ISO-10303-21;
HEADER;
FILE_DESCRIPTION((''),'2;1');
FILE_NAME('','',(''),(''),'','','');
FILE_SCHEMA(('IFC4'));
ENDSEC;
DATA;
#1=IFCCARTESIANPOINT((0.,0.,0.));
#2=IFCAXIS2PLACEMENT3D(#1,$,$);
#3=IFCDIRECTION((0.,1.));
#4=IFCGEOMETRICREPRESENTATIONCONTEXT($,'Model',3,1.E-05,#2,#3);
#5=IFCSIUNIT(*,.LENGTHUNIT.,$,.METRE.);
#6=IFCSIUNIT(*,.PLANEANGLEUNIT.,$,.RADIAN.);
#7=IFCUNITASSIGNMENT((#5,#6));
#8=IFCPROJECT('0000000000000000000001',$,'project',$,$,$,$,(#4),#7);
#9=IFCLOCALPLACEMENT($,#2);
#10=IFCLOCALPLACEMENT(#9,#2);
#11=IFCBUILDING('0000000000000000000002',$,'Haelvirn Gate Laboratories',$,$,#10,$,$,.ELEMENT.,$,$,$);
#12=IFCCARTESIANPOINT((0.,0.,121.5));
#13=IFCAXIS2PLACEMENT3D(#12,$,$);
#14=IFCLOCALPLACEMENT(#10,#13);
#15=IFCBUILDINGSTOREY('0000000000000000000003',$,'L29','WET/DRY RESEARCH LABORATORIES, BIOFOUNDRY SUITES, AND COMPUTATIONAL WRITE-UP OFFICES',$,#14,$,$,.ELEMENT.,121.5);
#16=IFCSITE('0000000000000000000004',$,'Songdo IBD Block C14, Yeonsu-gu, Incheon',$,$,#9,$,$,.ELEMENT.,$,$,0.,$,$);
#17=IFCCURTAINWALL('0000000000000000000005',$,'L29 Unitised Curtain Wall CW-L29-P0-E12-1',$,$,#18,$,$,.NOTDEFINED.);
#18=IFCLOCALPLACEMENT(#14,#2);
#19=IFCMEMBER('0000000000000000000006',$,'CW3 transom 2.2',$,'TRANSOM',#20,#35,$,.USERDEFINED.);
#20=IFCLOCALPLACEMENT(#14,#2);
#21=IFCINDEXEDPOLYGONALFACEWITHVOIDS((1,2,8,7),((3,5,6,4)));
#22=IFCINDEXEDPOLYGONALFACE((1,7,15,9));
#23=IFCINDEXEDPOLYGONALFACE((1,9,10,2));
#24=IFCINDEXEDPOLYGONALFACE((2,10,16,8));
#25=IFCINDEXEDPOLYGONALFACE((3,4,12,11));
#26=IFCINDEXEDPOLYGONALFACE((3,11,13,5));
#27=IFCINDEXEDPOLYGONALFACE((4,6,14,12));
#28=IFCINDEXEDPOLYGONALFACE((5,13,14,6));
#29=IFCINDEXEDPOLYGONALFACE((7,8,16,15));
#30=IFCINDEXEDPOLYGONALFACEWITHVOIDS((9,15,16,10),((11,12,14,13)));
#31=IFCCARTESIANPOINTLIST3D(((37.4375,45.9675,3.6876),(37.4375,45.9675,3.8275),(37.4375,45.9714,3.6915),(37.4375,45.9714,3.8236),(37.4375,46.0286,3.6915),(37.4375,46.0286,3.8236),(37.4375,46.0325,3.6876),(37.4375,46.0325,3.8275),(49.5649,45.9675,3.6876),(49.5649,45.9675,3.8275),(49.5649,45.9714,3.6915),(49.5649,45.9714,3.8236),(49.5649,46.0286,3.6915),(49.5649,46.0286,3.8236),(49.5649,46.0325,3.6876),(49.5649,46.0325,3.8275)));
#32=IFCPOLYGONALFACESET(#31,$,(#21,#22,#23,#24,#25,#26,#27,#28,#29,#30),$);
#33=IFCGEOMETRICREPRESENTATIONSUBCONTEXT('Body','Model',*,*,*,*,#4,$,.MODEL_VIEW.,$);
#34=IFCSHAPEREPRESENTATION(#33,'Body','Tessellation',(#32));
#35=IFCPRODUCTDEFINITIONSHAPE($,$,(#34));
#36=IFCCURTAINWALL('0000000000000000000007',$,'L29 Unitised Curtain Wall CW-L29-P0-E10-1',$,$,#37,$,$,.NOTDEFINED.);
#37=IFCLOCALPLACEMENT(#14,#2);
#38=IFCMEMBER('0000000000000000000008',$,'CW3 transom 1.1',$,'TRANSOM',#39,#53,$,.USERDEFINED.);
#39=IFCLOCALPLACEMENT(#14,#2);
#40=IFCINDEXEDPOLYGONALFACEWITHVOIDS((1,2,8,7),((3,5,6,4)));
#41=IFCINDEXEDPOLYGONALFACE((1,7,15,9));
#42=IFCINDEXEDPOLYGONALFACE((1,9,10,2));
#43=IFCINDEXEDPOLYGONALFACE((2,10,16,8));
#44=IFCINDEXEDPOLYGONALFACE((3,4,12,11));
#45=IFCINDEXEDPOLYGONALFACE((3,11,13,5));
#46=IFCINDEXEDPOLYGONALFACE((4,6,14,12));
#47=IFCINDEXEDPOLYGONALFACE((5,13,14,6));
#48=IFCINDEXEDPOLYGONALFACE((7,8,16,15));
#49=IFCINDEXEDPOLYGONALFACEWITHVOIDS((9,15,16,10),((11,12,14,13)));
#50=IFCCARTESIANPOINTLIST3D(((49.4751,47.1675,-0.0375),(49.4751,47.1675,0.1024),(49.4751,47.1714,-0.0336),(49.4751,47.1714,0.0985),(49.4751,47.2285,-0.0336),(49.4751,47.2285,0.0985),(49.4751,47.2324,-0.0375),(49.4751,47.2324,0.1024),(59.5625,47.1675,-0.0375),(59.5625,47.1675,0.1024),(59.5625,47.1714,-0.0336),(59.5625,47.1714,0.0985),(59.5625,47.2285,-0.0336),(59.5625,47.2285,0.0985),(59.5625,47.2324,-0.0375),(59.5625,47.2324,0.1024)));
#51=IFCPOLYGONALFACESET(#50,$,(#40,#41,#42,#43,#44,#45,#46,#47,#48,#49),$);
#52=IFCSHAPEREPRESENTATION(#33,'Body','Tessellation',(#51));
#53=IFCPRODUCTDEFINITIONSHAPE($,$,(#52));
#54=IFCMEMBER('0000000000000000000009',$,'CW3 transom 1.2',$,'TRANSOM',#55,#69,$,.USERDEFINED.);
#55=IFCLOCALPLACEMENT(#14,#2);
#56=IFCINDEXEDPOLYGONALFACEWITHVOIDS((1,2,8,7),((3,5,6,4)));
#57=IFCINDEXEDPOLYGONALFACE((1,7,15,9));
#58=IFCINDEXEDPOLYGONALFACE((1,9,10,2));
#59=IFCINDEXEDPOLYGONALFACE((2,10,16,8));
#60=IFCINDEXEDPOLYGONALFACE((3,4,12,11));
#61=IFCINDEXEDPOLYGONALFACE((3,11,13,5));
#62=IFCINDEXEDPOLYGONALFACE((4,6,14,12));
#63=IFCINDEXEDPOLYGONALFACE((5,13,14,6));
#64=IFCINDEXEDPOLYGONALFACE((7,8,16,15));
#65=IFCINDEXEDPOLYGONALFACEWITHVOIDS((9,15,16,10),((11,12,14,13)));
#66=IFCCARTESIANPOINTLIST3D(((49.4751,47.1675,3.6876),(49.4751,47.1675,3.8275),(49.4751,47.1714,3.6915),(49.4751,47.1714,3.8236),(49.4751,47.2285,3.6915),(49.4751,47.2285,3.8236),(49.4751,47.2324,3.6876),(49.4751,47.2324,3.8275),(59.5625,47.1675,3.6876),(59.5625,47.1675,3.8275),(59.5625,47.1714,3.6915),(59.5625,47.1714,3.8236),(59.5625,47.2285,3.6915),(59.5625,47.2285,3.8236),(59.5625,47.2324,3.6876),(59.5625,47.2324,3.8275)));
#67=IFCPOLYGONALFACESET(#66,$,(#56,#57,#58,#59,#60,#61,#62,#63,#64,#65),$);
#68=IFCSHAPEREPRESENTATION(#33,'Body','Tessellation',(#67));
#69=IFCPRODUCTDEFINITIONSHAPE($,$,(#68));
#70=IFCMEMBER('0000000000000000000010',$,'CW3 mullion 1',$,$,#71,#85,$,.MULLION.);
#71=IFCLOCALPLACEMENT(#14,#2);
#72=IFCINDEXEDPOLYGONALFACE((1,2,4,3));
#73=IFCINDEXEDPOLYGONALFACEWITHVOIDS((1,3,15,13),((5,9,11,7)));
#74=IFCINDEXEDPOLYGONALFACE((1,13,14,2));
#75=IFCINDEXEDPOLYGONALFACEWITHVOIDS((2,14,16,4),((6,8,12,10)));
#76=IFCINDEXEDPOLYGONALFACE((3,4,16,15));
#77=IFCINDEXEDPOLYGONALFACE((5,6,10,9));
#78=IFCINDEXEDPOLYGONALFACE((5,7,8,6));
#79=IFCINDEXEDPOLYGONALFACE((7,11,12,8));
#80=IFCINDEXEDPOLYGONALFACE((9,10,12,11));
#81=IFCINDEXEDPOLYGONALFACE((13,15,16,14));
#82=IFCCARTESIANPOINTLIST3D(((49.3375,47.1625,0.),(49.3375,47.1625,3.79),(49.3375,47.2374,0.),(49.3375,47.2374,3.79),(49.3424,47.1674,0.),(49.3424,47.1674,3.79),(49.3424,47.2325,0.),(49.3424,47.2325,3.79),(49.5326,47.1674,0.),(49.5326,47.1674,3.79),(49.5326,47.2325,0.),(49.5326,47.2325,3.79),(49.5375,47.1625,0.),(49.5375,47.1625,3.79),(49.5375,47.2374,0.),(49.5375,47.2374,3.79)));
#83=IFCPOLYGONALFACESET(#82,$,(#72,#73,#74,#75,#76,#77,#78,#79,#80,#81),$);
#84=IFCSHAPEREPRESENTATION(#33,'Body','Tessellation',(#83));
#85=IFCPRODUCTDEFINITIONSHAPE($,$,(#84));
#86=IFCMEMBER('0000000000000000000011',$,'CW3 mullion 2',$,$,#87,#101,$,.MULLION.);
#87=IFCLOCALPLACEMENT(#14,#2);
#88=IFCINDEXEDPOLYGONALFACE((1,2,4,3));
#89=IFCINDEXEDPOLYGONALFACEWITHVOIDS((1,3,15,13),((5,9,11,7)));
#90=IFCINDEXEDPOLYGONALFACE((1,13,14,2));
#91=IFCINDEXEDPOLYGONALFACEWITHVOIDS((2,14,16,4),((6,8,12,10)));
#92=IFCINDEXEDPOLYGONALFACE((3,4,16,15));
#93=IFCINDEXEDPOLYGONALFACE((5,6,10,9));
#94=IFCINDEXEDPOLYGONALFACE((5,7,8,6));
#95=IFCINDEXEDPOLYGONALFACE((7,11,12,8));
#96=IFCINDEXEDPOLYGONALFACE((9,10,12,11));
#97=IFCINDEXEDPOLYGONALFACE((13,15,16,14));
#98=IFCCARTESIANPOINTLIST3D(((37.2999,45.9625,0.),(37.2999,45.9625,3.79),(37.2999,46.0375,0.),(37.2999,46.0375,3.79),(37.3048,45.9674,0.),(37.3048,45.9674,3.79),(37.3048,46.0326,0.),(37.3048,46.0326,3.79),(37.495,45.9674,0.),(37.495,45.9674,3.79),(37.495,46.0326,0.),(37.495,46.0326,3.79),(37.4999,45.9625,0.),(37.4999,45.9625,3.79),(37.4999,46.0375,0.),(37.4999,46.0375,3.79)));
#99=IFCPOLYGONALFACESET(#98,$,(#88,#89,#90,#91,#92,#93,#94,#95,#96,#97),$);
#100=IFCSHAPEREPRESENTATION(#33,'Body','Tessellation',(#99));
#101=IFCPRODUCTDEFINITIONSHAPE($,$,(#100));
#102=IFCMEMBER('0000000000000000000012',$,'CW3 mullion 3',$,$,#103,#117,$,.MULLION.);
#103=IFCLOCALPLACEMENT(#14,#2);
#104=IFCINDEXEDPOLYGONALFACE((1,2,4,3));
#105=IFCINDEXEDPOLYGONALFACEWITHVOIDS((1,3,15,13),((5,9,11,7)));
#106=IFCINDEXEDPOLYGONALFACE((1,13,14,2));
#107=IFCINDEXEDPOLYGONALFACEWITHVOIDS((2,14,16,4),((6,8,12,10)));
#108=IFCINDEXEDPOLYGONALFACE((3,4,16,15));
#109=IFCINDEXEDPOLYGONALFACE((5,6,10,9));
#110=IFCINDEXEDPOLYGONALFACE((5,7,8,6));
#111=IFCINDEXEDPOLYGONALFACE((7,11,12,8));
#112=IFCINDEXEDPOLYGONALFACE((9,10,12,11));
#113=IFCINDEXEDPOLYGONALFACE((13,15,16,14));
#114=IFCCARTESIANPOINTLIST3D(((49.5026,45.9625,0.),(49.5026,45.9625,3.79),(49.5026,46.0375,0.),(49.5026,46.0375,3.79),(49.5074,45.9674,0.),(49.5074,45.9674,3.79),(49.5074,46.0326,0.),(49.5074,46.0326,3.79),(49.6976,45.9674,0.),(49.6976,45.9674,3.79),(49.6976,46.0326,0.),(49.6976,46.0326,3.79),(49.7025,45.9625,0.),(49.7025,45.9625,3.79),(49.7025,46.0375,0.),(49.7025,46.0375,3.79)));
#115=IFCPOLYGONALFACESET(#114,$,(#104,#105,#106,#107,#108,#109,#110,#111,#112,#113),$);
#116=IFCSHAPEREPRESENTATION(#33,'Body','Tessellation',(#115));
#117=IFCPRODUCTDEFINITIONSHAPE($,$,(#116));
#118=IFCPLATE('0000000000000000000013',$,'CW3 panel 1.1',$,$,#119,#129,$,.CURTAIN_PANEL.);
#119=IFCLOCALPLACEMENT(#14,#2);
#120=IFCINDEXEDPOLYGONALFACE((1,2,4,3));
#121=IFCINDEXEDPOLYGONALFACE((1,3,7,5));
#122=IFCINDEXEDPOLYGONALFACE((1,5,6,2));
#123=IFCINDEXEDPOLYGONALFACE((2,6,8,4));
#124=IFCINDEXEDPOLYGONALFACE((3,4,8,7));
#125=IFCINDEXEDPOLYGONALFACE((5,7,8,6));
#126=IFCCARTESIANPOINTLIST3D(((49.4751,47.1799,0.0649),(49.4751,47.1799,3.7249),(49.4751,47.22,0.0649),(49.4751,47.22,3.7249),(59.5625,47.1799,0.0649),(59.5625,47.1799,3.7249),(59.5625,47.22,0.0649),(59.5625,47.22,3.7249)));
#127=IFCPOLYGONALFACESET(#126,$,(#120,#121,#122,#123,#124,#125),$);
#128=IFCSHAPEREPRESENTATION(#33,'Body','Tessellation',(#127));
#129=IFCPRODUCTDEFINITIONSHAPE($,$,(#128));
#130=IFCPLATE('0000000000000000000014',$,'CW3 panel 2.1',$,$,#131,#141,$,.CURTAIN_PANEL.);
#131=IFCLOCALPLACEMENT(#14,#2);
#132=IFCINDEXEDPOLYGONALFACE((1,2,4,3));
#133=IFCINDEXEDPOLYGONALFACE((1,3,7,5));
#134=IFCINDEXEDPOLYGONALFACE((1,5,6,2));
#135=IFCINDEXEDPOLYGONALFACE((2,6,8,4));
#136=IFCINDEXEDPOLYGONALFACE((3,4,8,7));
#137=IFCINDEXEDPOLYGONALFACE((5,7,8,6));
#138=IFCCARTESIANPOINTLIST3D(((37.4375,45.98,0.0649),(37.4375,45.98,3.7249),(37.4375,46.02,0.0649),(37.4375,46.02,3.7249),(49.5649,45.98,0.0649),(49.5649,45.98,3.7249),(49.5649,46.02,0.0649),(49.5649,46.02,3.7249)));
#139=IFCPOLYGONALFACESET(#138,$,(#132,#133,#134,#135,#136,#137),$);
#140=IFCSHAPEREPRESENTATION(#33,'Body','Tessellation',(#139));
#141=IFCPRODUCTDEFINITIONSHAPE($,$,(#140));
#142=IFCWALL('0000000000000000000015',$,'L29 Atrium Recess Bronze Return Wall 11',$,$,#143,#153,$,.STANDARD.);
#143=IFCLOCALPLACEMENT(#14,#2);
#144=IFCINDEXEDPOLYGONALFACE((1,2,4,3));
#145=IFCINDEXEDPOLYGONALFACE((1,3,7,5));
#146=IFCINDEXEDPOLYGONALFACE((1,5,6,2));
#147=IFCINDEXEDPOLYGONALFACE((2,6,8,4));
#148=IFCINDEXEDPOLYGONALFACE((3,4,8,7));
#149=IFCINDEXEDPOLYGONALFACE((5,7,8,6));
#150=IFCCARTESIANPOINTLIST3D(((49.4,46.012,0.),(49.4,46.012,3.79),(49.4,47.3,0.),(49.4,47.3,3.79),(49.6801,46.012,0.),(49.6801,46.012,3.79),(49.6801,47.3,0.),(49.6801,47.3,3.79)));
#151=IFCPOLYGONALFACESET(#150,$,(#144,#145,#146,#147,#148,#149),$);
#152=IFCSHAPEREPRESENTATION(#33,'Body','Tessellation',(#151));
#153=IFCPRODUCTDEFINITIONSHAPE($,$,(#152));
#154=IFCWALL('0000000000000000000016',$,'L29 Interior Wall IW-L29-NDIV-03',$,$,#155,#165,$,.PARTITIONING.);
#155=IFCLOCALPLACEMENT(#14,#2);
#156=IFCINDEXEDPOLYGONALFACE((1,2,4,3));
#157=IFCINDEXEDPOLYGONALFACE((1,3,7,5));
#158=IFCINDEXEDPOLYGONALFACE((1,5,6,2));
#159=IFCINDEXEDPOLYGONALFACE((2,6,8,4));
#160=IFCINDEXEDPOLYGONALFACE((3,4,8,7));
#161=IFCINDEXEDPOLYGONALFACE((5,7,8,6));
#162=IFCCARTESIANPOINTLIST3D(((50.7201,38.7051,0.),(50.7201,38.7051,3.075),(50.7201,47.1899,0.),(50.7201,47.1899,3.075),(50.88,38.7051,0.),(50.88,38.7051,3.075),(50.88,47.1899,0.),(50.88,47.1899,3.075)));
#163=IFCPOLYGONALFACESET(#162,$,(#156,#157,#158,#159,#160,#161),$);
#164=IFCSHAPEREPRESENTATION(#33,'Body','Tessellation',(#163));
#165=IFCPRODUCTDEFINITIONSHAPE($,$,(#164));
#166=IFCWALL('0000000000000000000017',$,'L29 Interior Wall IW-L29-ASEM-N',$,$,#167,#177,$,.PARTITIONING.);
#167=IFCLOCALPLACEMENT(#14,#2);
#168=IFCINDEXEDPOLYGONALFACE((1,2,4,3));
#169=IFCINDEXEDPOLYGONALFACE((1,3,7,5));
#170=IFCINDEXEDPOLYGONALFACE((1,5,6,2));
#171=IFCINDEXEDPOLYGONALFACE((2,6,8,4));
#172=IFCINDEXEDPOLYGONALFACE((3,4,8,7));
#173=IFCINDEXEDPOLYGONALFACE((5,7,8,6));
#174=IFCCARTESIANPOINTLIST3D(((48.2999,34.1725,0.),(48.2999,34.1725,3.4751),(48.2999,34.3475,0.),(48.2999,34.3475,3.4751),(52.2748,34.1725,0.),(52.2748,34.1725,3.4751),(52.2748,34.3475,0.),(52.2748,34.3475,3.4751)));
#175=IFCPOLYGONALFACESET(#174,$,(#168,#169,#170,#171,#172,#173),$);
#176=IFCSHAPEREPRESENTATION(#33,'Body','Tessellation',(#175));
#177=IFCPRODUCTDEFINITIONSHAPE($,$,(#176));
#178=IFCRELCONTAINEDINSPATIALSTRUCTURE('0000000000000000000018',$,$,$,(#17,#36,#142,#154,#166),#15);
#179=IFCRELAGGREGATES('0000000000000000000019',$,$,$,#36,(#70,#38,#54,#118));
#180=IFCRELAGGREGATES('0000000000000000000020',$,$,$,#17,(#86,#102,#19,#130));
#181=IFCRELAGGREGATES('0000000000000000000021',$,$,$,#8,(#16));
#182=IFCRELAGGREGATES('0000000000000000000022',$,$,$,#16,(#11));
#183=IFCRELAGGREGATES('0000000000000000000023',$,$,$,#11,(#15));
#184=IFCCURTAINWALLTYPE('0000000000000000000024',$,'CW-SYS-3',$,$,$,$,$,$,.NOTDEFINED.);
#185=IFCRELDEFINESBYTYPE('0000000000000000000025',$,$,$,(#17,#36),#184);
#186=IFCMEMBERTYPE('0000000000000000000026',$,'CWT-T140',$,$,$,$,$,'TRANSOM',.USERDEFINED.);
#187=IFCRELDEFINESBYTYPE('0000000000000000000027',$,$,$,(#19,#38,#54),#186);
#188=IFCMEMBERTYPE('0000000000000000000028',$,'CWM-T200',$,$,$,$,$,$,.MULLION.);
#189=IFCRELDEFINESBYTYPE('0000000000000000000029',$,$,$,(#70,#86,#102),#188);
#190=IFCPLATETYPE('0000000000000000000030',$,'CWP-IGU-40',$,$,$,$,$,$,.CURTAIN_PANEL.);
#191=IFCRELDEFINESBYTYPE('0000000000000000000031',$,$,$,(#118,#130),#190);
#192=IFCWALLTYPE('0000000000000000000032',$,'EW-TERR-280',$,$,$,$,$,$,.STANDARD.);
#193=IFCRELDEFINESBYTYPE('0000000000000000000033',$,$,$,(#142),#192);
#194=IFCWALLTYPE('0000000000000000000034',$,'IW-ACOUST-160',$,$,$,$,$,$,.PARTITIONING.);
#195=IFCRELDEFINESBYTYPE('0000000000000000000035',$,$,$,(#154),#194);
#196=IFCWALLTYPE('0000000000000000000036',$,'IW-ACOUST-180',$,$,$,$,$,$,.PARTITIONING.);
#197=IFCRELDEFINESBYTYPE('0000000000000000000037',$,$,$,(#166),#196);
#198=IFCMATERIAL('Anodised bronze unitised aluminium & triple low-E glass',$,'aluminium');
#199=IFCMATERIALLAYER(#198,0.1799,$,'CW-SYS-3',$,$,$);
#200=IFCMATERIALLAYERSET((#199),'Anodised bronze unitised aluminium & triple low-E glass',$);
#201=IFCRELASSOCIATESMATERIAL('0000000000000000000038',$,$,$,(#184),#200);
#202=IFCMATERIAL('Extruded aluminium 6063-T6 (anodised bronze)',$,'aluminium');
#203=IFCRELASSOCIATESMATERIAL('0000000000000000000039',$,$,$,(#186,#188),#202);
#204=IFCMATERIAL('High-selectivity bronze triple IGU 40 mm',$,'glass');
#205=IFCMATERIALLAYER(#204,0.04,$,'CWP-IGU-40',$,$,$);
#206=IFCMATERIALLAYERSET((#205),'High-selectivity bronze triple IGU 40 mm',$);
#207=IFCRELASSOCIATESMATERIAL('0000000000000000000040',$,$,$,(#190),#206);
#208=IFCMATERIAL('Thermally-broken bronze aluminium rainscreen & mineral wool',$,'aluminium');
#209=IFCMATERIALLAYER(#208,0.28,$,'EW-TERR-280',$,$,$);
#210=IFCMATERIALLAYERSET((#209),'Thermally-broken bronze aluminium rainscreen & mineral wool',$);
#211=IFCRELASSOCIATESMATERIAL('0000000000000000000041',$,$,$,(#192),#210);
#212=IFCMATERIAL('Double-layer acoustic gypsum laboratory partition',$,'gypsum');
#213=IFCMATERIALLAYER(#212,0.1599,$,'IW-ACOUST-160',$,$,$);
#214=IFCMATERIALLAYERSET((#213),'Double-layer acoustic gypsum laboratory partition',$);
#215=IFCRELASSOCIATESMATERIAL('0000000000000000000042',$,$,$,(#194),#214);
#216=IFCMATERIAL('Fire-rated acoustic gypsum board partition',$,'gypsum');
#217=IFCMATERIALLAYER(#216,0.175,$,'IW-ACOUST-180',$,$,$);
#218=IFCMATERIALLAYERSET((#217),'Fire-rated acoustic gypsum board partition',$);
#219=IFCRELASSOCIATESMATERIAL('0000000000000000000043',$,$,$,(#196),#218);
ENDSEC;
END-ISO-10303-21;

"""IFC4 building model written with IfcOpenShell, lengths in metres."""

from ifc_helpers import new_model, si_unit, direction, frame, frame_2d, origin, origin_2d, place, context, subcontext, project, spatial, rectangle, hollow_rectangle, extrude, source, transform, mapped, material, layer, layer_set, material_profile, profile_set, type_object, type_shapes, element, aggregate, save


model = new_model("IFC4")

# Units and contexts
model_context = context("Model", 3, precision=1e-05, world=origin(), true_north=direction((0.0, 1.0)))
body_context = subcontext(model_context, "Body", "Model", "MODEL_VIEW")
ifc_project = project(units=[si_unit("LENGTHUNIT", "METRE"), si_unit("PLANEANGLEUNIT", "RADIAN")], contexts=[model_context])

# Site, building, storey
site_placement = place(None, origin())
site = spatial("IfcSite", under=ifc_project, at=site_placement, Name="Songdo IBD Block C14, Yeonsu-gu, Incheon", CompositionType="ELEMENT", RefElevation=0.0)
building_placement = place(site_placement, origin())
building = spatial("IfcBuilding", under=site, at=building_placement, Name="Haelvirn Gate Laboratories", CompositionType="ELEMENT")
storey_placement = place(building_placement, frame((0.0, 0.0, 121.5)))
storey = spatial("IfcBuildingStorey", under=building, at=storey_placement, Name="L29", Description="WET/DRY RESEARCH LABORATORIES, BIOFOUNDRY SUITES, AND COMPUTATIONAL WRITE-UP OFFICES", CompositionType="ELEMENT", Elevation=121.5)

# Curtain walls, members
ifc_material_1 = material(Name="Anodised bronze unitised aluminium & triple low-E glass", Category="aluminium")
ifc_layer_1 = layer(ifc_material_1, 0.1799, Name="CW-SYS-3")
ifc_layer_set_1 = layer_set([ifc_layer_1], Name="Anodised bronze unitised aluminium & triple low-E glass")
curtain_wall_type = type_object("IfcCurtainWallType", Name="CW-SYS-3", PredefinedType="NOTDEFINED", material=ifc_layer_set_1)
curtain_wall_1_placement = place(storey_placement, origin())
curtain_wall_1 = element("IfcCurtainWall", 1, at=curtain_wall_1_placement, inside=storey, type_object=curtain_wall_type, Name="L29 Unitised Curtain Wall CW-L29-P0-E12-1", PredefinedType="NOTDEFINED")
ifc_material_2 = material(Name="Extruded aluminium 6063-T6 (anodised bronze)", Category="aluminium")
ifc_material_profile_1 = material_profile(ifc_material_2, hollow_rectangle(XDim=0.0649, YDim=0.1399, WallThickness=0.0039, at=origin_2d()), Name="CWT-140x65x4")
ifc_profile_set_1 = profile_set([ifc_material_profile_1], Name="Extruded aluminium 6063-T6 (anodised bronze)")
member_type_1 = type_object("IfcMemberType", Name="CWT-T140", ElementType="TRANSOM", PredefinedType="USERDEFINED", material=ifc_profile_set_1)
shared_shape_1 = source(origin(), body_context, "Body", "SweptSolid", [
    extrude(hollow_rectangle(XDim=0.0649, YDim=0.1399, WallThickness=0.0039, at=origin_2d()), origin(), (0.0, 0.0, 1.0), 12.1274),
])
member_1_placement = place(storey_placement, frame((37.4375, 46.0, 3.7576), z_axis=(1.0, 0.0, 0.0), x_axis=(0.0, 1.0, 0.0)))
member_1 = element("IfcMember", 2, at=member_1_placement, type_object=member_type_1, Name="CW3 transom 2.2", ObjectType="TRANSOM", PredefinedType="USERDEFINED", context=body_context, shape_type="MappedRepresentation", body=[
    mapped(shared_shape_1, transform((0.0, 0.0, 0.0), scale=1.0)),
])
curtain_wall_2_placement = place(storey_placement, origin())
curtain_wall_2 = element("IfcCurtainWall", 3, at=curtain_wall_2_placement, inside=storey, type_object=curtain_wall_type, Name="L29 Unitised Curtain Wall CW-L29-P0-E10-1", PredefinedType="NOTDEFINED")
shared_shape_2 = source(origin(), body_context, "Body", "SweptSolid", [
    extrude(hollow_rectangle(XDim=0.0649, YDim=0.1399, WallThickness=0.0039, at=origin_2d()), origin(), (0.0, 0.0, 1.0), 10.0874),
])
type_shapes(member_type_1, [shared_shape_1, shared_shape_2])
member_2_placement = place(storey_placement, frame((49.4751, 47.2, 0.0325), z_axis=(1.0, 0.0, 0.0), x_axis=(0.0, 1.0, 0.0)))
member_2 = element("IfcMember", 4, at=member_2_placement, type_object=member_type_1, Name="CW3 transom 1.1", ObjectType="TRANSOM", PredefinedType="USERDEFINED", context=body_context, shape_type="MappedRepresentation", body=[
    mapped(shared_shape_2, transform((0.0, 0.0, 0.0), scale=1.0)),
])
member_3_placement = place(storey_placement, frame((49.4751, 47.2, 3.7576), z_axis=(1.0, 0.0, 0.0), x_axis=(0.0, 1.0, 0.0)))
member_3 = element("IfcMember", 5, at=member_3_placement, type_object=member_type_1, Name="CW3 transom 1.2", ObjectType="TRANSOM", PredefinedType="USERDEFINED", context=body_context, shape_type="MappedRepresentation", body=[
    mapped(shared_shape_2, transform((0.0, 0.0, 0.0), scale=1.0)),
])
ifc_material_profile_2 = material_profile(ifc_material_2, hollow_rectangle(XDim=0.075, YDim=0.2, WallThickness=0.0049, at=origin_2d()), Name="CWM-200x75x5")
ifc_profile_set_2 = profile_set([ifc_material_profile_2], Name="Extruded aluminium 6063-T6 (anodised bronze)")
member_type_2 = type_object("IfcMemberType", Name="CWM-T200", PredefinedType="MULLION", material=ifc_profile_set_2)
shared_shape_3 = source(origin(), body_context, "Body", "SweptSolid", [
    extrude(hollow_rectangle(XDim=0.075, YDim=0.2, WallThickness=0.0049, at=origin_2d()), origin(), (0.0, 0.0, 1.0), 3.79),
])
type_shapes(member_type_2, [shared_shape_3])
member_4_placement = place(storey_placement, frame((49.4375, 47.2, 0.0), z_axis=(0.0, 0.0, 1.0), x_axis=(0.0, 1.0, 0.0)))
member_4 = element("IfcMember", 6, at=member_4_placement, type_object=member_type_2, Name="CW3 mullion 1", PredefinedType="MULLION", context=body_context, shape_type="MappedRepresentation", body=[
    mapped(shared_shape_3, transform((0.0, 0.0, 0.0), scale=1.0)),
])

# Members
member_5_placement = place(storey_placement, frame((37.3999, 46.0, 0.0), z_axis=(0.0, 0.0, 1.0), x_axis=(0.0, 1.0, 0.0)))
member_5 = element("IfcMember", 7, at=member_5_placement, type_object=member_type_2, Name="CW3 mullion 2", PredefinedType="MULLION", context=body_context, shape_type="MappedRepresentation", body=[
    mapped(shared_shape_3, transform((0.0, 0.0, 0.0), scale=1.0)),
])
member_6_placement = place(storey_placement, frame((49.6025, 46.0, 0.0), z_axis=(0.0, 0.0, 1.0), x_axis=(0.0, 1.0, 0.0)))
member_6 = element("IfcMember", 8, at=member_6_placement, type_object=member_type_2, Name="CW3 mullion 3", PredefinedType="MULLION", context=body_context, shape_type="MappedRepresentation", body=[
    mapped(shared_shape_3, transform((0.0, 0.0, 0.0), scale=1.0)),
])

# Plates
ifc_material_3 = material(Name="High-selectivity bronze triple IGU 40 mm", Category="glass")
ifc_layer_2 = layer(ifc_material_3, 0.04, Name="CWP-IGU-40")
ifc_layer_set_2 = layer_set([ifc_layer_2], Name="High-selectivity bronze triple IGU 40 mm")
plate_type = type_object("IfcPlateType", Name="CWP-IGU-40", PredefinedType="CURTAIN_PANEL", material=ifc_layer_set_2)
shared_shape_4 = source(origin(), body_context, "Body", "SweptSolid", [
    extrude(rectangle(XDim=10.0874, YDim=0.04, at=origin_2d()), origin(), (0.0, 0.0, 1.0), 3.6599),
])
plate_1_placement = place(storey_placement, frame((54.5188, 47.2, 0.0649), z_axis=(0.0, 0.0, 1.0), x_axis=(1.0, 0.0, 0.0)))
plate_1 = element("IfcPlate", 9, at=plate_1_placement, type_object=plate_type, Name="CW3 panel 1.1", PredefinedType="CURTAIN_PANEL", context=body_context, shape_type="MappedRepresentation", body=[
    mapped(shared_shape_4, transform((0.0, 0.0, 0.0), scale=1.0)),
])
aggregate(curtain_wall_2, [member_4, member_2, member_3, plate_1])
shared_shape_5 = source(origin(), body_context, "Body", "SweptSolid", [
    extrude(rectangle(XDim=12.1274, YDim=0.04, at=origin_2d()), origin(), (0.0, 0.0, 1.0), 3.6599),
])
type_shapes(plate_type, [shared_shape_4, shared_shape_5])
plate_2_placement = place(storey_placement, frame((43.5012, 46.0, 0.0649), z_axis=(0.0, 0.0, 1.0), x_axis=(1.0, 0.0, 0.0)))
plate_2 = element("IfcPlate", 10, at=plate_2_placement, type_object=plate_type, Name="CW3 panel 2.1", PredefinedType="CURTAIN_PANEL", context=body_context, shape_type="MappedRepresentation", body=[
    mapped(shared_shape_5, transform((0.0, 0.0, 0.0), scale=1.0)),
])
aggregate(curtain_wall_1, [member_5, member_6, member_1, plate_2])

# Walls
ifc_material_4 = material(Name="Thermally-broken bronze aluminium rainscreen & mineral wool", Category="aluminium")
ifc_layer_3 = layer(ifc_material_4, 0.28, Name="EW-TERR-280")
ifc_layer_set_3 = layer_set([ifc_layer_3], Name="Thermally-broken bronze aluminium rainscreen & mineral wool")
wall_type_1 = type_object("IfcWallType", Name="EW-TERR-280", PredefinedType="STANDARD", material=ifc_layer_set_3)
wall_1_placement = place(storey_placement, frame((49.54, 47.3, 0.0), z_axis=(0.0, 0.0, 1.0), x_axis=(0.0, -1.0, 0.0)))
element("IfcWall", 11, at=wall_1_placement, inside=storey, type_object=wall_type_1, Name="L29 Atrium Recess Bronze Return Wall 11", PredefinedType="STANDARD", context=body_context, shape_type="SweptSolid", body=[
    extrude(rectangle(XDim=1.2881, YDim=0.28, at=frame_2d((0.644, 0.0))), origin(), (0.0, 0.0, 1.0), 3.79),
])
ifc_material_5 = material(Name="Double-layer acoustic gypsum laboratory partition", Category="gypsum")
ifc_layer_4 = layer(ifc_material_5, 0.1599, Name="IW-ACOUST-160")
ifc_layer_set_4 = layer_set([ifc_layer_4], Name="Double-layer acoustic gypsum laboratory partition")
wall_type_2 = type_object("IfcWallType", Name="IW-ACOUST-160", PredefinedType="PARTITIONING", material=ifc_layer_set_4)
wall_2_placement = place(storey_placement, frame((50.8, 38.7051, 0.0), z_axis=(0.0, 0.0, 1.0), x_axis=(0.0, 1.0, 0.0)))
element("IfcWall", 12, at=wall_2_placement, inside=storey, type_object=wall_type_2, Name="L29 Interior Wall IW-L29-NDIV-03", PredefinedType="PARTITIONING", context=body_context, shape_type="SweptSolid", body=[
    extrude(rectangle(XDim=8.4849, YDim=0.1599, at=frame_2d((4.2424, 0.0))), origin(), (0.0, 0.0, 1.0), 3.075),
])
ifc_material_6 = material(Name="Fire-rated acoustic gypsum board partition", Category="gypsum")
ifc_layer_5 = layer(ifc_material_6, 0.175, Name="IW-ACOUST-180")
ifc_layer_set_5 = layer_set([ifc_layer_5], Name="Fire-rated acoustic gypsum board partition")
wall_type_3 = type_object("IfcWallType", Name="IW-ACOUST-180", PredefinedType="PARTITIONING", material=ifc_layer_set_5)
wall_3_placement = place(storey_placement, frame((48.3, 34.26, 0.0), z_axis=(0.0, 0.0, 1.0), x_axis=(1.0, 0.0, 0.0)))
element("IfcWall", 13, at=wall_3_placement, inside=storey, type_object=wall_type_3, Name="L29 Interior Wall IW-L29-ASEM-N", PredefinedType="PARTITIONING", context=body_context, shape_type="SweptSolid", body=[
    extrude(rectangle(XDim=3.9749, YDim=0.175, at=frame_2d((1.9873, 0.0))), origin(), (0.0, 0.0, 1.0), 3.4751),
])

save(model, "model.ifc")
